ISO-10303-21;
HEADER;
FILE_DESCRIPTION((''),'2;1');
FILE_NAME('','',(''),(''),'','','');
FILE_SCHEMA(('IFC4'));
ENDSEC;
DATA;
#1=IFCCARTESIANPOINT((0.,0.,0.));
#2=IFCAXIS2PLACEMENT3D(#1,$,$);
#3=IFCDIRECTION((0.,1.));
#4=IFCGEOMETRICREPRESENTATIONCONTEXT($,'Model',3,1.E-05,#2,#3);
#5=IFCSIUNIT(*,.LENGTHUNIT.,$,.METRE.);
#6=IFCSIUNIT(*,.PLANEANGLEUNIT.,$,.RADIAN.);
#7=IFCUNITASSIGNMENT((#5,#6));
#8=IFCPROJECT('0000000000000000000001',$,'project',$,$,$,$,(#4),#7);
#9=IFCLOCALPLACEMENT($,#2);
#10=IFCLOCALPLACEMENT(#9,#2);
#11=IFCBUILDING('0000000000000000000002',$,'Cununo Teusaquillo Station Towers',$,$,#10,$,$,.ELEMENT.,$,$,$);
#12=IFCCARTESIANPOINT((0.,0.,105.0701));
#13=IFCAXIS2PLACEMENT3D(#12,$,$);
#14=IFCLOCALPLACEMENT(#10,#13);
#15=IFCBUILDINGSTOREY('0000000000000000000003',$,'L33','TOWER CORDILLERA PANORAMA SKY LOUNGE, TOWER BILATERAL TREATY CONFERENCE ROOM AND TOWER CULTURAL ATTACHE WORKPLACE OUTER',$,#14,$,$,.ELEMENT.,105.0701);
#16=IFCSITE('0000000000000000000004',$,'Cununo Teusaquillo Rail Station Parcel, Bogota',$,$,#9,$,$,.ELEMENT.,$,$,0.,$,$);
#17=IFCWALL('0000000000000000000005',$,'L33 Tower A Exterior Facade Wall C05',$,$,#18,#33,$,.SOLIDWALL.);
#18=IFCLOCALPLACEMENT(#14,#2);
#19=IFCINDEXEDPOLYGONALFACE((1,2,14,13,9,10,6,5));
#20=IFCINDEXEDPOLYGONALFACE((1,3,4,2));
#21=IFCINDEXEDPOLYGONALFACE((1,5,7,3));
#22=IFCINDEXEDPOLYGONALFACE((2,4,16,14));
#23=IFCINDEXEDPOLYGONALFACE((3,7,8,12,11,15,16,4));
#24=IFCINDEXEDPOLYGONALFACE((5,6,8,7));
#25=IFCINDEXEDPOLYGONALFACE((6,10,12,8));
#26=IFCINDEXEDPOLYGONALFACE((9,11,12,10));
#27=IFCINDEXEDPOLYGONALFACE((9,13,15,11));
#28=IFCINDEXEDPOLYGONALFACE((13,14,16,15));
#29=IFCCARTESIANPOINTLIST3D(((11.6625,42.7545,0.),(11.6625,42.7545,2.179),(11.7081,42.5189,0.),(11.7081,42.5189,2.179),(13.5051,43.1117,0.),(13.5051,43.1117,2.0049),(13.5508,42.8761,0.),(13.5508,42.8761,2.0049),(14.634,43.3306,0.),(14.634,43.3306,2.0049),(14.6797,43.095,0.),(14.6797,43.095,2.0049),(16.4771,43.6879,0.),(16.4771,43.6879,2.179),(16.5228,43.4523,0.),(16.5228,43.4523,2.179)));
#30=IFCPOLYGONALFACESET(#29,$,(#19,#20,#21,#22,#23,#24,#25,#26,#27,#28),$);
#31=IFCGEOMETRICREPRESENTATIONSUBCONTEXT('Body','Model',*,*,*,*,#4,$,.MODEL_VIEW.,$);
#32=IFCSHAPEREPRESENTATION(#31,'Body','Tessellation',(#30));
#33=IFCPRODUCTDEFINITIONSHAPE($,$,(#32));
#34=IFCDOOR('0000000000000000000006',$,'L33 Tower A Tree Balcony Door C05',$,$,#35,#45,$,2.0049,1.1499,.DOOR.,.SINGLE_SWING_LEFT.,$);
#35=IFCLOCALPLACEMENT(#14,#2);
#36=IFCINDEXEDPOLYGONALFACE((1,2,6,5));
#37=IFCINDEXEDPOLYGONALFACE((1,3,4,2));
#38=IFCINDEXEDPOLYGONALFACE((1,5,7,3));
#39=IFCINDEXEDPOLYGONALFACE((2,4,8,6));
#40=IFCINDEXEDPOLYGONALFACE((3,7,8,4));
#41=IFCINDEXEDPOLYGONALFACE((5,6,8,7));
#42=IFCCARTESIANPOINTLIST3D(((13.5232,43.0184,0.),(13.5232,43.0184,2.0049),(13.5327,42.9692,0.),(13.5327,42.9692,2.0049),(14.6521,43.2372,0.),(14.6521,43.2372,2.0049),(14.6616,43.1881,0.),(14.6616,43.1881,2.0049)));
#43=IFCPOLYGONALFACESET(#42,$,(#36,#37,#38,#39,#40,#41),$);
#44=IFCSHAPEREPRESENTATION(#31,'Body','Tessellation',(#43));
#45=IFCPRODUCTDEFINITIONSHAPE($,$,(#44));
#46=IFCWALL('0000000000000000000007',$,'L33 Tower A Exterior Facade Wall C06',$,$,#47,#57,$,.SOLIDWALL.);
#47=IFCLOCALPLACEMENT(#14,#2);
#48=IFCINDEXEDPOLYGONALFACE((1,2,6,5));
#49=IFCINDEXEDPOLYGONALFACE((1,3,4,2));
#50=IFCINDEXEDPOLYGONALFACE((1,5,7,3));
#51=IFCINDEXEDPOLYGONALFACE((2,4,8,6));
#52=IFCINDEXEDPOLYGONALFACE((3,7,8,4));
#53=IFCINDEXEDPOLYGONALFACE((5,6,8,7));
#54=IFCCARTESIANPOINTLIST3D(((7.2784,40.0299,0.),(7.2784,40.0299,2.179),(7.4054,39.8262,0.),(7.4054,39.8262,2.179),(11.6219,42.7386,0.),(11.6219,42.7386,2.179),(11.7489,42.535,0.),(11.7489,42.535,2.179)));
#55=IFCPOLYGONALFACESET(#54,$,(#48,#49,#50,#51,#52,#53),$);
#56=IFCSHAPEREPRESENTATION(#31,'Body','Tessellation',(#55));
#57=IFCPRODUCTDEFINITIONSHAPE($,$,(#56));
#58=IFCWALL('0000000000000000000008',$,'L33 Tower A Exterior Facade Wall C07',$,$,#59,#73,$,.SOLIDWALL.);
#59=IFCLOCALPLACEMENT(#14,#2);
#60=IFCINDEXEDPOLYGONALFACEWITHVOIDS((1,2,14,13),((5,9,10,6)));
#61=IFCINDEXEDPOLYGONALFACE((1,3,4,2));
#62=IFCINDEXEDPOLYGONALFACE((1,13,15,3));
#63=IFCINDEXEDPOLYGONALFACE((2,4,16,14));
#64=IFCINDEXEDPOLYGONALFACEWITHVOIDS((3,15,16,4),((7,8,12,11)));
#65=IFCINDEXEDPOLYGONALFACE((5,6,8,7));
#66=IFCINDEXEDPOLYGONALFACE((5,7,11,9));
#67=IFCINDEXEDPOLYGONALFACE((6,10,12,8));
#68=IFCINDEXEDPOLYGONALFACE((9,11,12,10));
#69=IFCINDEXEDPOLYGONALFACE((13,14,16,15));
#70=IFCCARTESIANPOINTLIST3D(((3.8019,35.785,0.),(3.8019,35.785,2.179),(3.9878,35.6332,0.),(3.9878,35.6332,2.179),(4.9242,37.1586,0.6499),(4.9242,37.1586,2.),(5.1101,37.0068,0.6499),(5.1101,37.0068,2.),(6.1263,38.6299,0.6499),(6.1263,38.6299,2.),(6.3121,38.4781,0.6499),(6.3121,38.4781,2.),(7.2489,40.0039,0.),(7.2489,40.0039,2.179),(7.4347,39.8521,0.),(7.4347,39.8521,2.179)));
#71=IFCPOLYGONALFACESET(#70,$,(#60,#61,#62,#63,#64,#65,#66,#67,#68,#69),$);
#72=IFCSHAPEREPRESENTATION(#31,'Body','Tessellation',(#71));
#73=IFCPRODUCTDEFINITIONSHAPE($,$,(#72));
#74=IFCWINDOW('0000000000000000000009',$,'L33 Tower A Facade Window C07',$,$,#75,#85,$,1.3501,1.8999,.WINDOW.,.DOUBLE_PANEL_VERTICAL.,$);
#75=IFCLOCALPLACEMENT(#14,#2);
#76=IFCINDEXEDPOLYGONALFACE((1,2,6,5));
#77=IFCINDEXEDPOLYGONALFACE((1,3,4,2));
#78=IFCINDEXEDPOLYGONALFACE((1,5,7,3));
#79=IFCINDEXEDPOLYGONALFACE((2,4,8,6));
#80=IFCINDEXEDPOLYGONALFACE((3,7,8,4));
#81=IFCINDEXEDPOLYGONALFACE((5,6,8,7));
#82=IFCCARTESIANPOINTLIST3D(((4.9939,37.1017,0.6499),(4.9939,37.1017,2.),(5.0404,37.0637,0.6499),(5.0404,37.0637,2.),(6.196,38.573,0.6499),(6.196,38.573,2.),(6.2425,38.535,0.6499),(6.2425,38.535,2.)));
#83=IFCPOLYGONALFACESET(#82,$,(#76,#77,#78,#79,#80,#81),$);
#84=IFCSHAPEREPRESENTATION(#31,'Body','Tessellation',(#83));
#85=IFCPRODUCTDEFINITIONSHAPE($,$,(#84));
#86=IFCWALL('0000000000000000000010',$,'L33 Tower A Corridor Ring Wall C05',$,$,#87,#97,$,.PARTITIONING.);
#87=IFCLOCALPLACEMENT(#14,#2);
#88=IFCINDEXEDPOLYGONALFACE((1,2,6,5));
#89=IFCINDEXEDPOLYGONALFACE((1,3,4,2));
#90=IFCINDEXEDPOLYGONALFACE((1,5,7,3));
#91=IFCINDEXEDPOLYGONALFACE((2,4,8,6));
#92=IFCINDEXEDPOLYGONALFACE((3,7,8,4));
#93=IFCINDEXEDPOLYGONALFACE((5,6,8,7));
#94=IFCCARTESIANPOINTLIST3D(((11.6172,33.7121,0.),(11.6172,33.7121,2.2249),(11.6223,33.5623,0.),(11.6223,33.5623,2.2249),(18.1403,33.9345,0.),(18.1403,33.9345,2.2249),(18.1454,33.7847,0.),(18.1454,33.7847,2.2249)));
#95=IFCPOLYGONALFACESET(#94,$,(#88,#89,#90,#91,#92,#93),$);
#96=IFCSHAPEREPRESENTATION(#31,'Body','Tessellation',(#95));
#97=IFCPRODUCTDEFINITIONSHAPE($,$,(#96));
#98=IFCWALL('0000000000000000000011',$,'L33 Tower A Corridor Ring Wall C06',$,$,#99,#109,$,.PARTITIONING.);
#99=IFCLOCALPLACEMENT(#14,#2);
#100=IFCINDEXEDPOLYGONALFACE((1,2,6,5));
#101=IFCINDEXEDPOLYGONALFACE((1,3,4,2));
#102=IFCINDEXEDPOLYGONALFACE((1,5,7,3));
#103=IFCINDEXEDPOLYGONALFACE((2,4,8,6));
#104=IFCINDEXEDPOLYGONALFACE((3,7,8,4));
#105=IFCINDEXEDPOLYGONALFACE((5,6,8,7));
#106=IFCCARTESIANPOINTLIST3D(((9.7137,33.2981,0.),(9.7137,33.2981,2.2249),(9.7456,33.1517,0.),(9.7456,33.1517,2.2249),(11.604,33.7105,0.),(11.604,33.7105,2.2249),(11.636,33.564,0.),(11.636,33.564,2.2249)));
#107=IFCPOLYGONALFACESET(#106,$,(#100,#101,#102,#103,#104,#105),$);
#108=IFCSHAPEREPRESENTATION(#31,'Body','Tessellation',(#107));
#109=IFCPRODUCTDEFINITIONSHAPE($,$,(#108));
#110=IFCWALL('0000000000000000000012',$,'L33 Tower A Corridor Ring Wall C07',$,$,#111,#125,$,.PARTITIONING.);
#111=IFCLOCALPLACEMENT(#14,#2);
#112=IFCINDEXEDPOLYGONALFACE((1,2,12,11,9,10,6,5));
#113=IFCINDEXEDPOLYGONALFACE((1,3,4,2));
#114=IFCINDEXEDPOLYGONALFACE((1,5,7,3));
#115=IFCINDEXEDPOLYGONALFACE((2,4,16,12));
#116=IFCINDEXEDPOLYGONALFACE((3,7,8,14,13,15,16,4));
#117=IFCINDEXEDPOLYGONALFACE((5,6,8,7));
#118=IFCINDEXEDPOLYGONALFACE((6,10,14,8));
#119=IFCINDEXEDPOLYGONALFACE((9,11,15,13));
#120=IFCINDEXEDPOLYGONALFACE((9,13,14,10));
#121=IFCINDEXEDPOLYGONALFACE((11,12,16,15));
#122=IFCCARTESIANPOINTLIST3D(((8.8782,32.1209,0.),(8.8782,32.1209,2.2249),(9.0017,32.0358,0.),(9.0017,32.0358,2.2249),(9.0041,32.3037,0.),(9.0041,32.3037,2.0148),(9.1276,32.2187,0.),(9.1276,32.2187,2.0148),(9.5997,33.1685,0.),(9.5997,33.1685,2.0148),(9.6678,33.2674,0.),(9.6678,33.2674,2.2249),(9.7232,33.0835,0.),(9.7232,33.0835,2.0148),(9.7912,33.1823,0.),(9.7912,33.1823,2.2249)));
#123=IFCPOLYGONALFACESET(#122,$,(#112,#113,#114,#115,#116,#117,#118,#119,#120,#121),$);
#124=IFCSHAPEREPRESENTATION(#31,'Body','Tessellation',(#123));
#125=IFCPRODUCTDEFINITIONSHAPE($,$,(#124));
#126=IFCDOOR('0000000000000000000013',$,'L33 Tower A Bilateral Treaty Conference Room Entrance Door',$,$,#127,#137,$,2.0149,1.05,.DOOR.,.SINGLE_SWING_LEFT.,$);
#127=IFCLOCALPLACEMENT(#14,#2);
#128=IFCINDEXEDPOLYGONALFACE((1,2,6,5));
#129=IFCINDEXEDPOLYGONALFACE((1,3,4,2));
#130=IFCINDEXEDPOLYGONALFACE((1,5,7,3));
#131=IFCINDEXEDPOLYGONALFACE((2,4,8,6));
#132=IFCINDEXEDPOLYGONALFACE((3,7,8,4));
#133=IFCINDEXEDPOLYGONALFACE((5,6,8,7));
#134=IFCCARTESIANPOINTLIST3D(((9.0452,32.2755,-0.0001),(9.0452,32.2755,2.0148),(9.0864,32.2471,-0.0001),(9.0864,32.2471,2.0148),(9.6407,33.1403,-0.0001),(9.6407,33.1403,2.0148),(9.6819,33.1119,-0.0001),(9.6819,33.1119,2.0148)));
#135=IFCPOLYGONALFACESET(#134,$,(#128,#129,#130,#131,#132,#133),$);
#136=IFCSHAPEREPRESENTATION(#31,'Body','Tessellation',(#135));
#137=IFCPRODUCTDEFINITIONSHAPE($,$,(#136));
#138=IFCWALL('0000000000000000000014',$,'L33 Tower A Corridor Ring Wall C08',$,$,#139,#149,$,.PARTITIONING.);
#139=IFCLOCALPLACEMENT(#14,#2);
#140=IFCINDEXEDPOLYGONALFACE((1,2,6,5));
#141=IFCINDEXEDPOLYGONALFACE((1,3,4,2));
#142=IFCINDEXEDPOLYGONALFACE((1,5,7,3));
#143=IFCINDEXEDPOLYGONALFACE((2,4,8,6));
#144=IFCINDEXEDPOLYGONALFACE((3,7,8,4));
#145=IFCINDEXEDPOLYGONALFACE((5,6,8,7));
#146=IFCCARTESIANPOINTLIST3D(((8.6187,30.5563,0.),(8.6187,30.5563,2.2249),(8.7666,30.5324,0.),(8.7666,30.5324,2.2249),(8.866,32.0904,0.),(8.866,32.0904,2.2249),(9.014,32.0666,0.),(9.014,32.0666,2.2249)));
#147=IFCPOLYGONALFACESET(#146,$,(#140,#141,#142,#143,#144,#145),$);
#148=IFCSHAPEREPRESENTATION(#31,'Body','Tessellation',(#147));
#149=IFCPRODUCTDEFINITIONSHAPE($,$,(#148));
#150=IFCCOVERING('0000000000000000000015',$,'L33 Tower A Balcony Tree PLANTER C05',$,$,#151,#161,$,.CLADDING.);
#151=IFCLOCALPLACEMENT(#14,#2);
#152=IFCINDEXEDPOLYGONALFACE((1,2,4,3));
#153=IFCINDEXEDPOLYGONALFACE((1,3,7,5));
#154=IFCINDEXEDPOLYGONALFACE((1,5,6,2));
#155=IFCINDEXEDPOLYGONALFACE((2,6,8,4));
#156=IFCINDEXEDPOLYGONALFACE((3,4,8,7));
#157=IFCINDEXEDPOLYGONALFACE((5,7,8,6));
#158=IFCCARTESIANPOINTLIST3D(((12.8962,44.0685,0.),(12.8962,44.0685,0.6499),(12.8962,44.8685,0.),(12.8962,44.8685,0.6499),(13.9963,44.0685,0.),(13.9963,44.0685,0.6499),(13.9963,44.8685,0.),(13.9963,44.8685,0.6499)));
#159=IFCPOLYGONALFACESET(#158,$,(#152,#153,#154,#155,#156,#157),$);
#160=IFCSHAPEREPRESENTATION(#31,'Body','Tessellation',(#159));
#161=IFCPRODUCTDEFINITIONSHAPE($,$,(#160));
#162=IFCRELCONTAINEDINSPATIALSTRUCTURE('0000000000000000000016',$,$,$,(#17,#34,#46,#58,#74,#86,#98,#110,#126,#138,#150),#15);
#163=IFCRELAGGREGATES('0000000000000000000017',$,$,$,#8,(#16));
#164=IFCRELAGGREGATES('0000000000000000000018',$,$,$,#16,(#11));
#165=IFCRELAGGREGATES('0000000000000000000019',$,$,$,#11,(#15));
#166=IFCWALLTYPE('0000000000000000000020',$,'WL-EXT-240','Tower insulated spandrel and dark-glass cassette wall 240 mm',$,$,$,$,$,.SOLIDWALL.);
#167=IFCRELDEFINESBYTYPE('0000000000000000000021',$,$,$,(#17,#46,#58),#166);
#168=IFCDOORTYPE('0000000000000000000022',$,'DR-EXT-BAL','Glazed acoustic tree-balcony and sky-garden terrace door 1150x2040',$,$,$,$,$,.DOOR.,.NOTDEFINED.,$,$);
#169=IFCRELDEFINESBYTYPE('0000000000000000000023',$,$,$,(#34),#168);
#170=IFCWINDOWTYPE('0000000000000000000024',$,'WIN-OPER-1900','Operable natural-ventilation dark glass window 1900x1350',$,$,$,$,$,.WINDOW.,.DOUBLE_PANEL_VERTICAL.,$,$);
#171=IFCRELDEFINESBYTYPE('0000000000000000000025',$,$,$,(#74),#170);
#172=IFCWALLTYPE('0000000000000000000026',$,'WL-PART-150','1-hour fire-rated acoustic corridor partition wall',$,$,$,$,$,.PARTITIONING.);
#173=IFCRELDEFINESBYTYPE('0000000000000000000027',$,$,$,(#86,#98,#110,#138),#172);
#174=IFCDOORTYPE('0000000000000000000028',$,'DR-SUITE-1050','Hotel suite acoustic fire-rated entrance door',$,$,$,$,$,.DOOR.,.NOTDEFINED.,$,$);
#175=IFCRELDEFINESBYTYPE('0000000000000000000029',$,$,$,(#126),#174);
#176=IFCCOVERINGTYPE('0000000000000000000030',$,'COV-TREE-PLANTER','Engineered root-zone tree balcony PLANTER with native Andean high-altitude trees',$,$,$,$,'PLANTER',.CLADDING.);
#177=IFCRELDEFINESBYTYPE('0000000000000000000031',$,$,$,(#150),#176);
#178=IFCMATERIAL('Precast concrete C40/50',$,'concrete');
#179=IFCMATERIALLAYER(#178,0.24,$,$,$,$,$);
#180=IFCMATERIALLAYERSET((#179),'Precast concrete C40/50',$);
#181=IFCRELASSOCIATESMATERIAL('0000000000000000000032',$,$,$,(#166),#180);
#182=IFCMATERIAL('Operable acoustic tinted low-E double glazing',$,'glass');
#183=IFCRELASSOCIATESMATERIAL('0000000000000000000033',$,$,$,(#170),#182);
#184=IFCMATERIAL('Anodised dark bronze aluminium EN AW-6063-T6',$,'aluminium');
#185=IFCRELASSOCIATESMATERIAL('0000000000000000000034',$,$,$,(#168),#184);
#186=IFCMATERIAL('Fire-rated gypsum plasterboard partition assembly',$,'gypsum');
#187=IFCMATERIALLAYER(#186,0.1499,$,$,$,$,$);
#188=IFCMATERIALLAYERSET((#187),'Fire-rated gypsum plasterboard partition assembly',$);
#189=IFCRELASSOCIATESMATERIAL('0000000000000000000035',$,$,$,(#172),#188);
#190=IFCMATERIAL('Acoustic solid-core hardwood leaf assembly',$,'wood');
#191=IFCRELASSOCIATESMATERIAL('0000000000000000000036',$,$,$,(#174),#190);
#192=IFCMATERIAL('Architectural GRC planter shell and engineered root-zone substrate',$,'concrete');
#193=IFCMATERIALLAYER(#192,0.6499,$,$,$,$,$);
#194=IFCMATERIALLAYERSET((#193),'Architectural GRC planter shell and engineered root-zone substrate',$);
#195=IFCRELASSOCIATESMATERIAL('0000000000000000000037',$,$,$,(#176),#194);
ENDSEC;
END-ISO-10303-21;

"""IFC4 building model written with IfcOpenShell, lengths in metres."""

from ifc_helpers import new_model, si_unit, direction, frame, frame_2d, origin, origin_2d, place, context, subcontext, project, spatial, rectangle, extrude, source, transform, mapped, material, layer, layer_set, type_object, element, fill, save


model = new_model("IFC4")

# Units and contexts
model_context = context("Model", 3, precision=1e-05, world=origin(), true_north=direction((0.0, 1.0)))
body_context = subcontext(model_context, "Body", "Model", "MODEL_VIEW")
ifc_project = project(units=[si_unit("LENGTHUNIT", "METRE"), si_unit("PLANEANGLEUNIT", "RADIAN")], contexts=[model_context])

# Site, building, storey
site_placement = place(None, origin())
site = spatial("IfcSite", under=ifc_project, at=site_placement, Name="Cununo Teusaquillo Rail Station Parcel, Bogota", CompositionType="ELEMENT", RefElevation=0.0)
building_placement = place(site_placement, origin())
building = spatial("IfcBuilding", under=site, at=building_placement, Name="Cununo Teusaquillo Station Towers", CompositionType="ELEMENT")
storey_placement = place(building_placement, frame((0.0, 0.0, 105.0701)))
storey = spatial("IfcBuildingStorey", under=building, at=storey_placement, Name="L33", Description="TOWER CORDILLERA PANORAMA SKY LOUNGE, TOWER BILATERAL TREATY CONFERENCE ROOM AND TOWER CULTURAL ATTACHE WORKPLACE OUTER", CompositionType="ELEMENT", Elevation=105.0701)

# Shared definitions
ifc_material_1 = material(Name="Precast concrete C40/50", Category="concrete")
ifc_layer_1 = layer(ifc_material_1, 0.24)
ifc_layer_set_1 = layer_set([ifc_layer_1], Name="Precast concrete C40/50")
wall_type_1 = type_object("IfcWallType", Name="WL-EXT-240", Description="Tower insulated spandrel and dark-glass cassette wall 240 mm", PredefinedType="SOLIDWALL", material=ifc_layer_set_1)
shared_shape_1 = source(origin(), body_context, "Body", "SweptSolid", [
    extrude(rectangle(XDim=1.8999, YDim=1.3501, at=frame_2d((0.95, 0.675))), frame((0.0, 0.1299, 0.0), z_axis=(0.0, -1.0, 0.0), x_axis=(1.0, 0.0, 0.0)), (0.0, 0.0, 1.0), 0.26),
])
ifc_material_2 = material(Name="Operable acoustic tinted low-E double glazing", Category="glass")
window_type = type_object("IfcWindowType", Name="WIN-OPER-1900", Description="Operable natural-ventilation dark glass window 1900x1350", PartitioningType="DOUBLE_PANEL_VERTICAL", PredefinedType="WINDOW", material=ifc_material_2)
shared_shape_2 = source(origin(), body_context, "Body", "SweptSolid", [
    extrude(rectangle(XDim=1.8999, YDim=1.3501, at=frame_2d((0.95, 0.675))), frame((0.0, 0.03, 0.0), z_axis=(0.0, -1.0, 0.0), x_axis=(1.0, 0.0, 0.0)), (0.0, 0.0, 1.0), 0.0601),
])

# Wall, opening, door
wall_1_placement = place(storey_placement, frame((11.6853, 42.6367, 0.0), z_axis=(0.0, 0.0, 1.0), x_axis=(0.981724, 0.190311, 0.0)))
wall_1 = element("IfcWall", 1, at=wall_1_placement, inside=storey, type_object=wall_type_1, Name="L33 Tower A Exterior Facade Wall C05", PredefinedType="SOLIDWALL", context=body_context, shape_type="SweptSolid", body=[
    extrude(rectangle(XDim=4.9043, YDim=0.24, at=frame_2d((2.4521, 0.0))), origin(), (0.0, 0.0, 1.0), 2.179),
])
shared_shape_3 = source(origin(), body_context, "Body", "SweptSolid", [
    extrude(rectangle(XDim=1.1499, YDim=2.0049, at=frame_2d((0.575, 1.0024))), frame((0.0, 0.1299, 0.0), z_axis=(0.0, -1.0, 0.0), x_axis=(1.0, 0.0, 0.0)), (0.0, 0.0, 1.0), 0.26),
])
opening_1_placement = place(wall_1_placement, frame((1.877, 0.0, 0.0)))
opening_1 = element("IfcOpeningElement", 2, at=opening_1_placement, cuts=wall_1, PredefinedType="OPENING", context=body_context, shape_type="MappedRepresentation", body=[
    mapped(shared_shape_3, transform((0.0, 0.0, 0.0), x_axis=(1.0, 0.0, 0.0), y_axis=(0.0, 1.0, 0.0), z_axis=(0.0, 0.0, 1.0), scale=1.0)),
])
ifc_material_3 = material(Name="Anodised dark bronze aluminium EN AW-6063-T6", Category="aluminium")
door_type_1 = type_object("IfcDoorType", Name="DR-EXT-BAL", Description="Glazed acoustic tree-balcony and sky-garden terrace door 1150x2040", OperationType="NOTDEFINED", PredefinedType="DOOR", material=ifc_material_3)
shared_shape_4 = source(origin(), body_context, "Body", "SweptSolid", [
    extrude(rectangle(XDim=1.1499, YDim=2.0049, at=frame_2d((0.575, 1.0024))), frame((0.0, 0.0249, 0.0), z_axis=(0.0, -1.0, 0.0), x_axis=(1.0, 0.0, 0.0)), (0.0, 0.0, 1.0), 0.05),
])
door_1_placement = place(opening_1_placement, origin())
door_1 = element("IfcDoor", 3, at=door_1_placement, inside=storey, type_object=door_type_1, Name="L33 Tower A Tree Balcony Door C05", OperationType="SINGLE_SWING_LEFT", OverallHeight=2.0049, OverallWidth=1.1499, PredefinedType="DOOR", context=body_context, shape_type="MappedRepresentation", body=[
    mapped(shared_shape_4, transform((0.0, 0.0, 0.0), x_axis=(1.0, 0.0, 0.0), y_axis=(0.0, 1.0, 0.0), z_axis=(0.0, 0.0, 1.0), scale=1.0)),
])
fill(opening_1, door_1)

# Wall
wall_2_placement = place(storey_placement, frame((7.3418, 39.928, 0.0), z_axis=(0.0, 0.0, 1.0), x_axis=(0.84852, 0.529163, 0.0)))
element("IfcWall", 4, at=wall_2_placement, inside=storey, type_object=wall_type_1, Name="L33 Tower A Exterior Facade Wall C06", PredefinedType="SOLIDWALL", context=body_context, shape_type="SweptSolid", body=[
    extrude(rectangle(XDim=5.1189, YDim=0.24, at=frame_2d((2.5596, 0.0))), origin(), (0.0, 0.0, 1.0), 2.179),
])

# Wall, opening, window
wall_3_placement = place(storey_placement, frame((3.8948, 35.709, 0.0), z_axis=(0.0, 0.0, 1.0), x_axis=(0.632701, 0.774396, 0.0)))
wall_3 = element("IfcWall", 5, at=wall_3_placement, inside=storey, type_object=wall_type_1, Name="L33 Tower A Exterior Facade Wall C07", PredefinedType="SOLIDWALL", context=body_context, shape_type="SweptSolid", body=[
    extrude(rectangle(XDim=5.448, YDim=0.24, at=frame_2d((2.7241, 0.0))), origin(), (0.0, 0.0, 1.0), 2.179),
])
opening_2_placement = place(wall_3_placement, frame((1.7739, 0.0, 0.6499)))
opening_2 = element("IfcOpeningElement", 6, at=opening_2_placement, cuts=wall_3, PredefinedType="OPENING", context=body_context, shape_type="MappedRepresentation", body=[
    mapped(shared_shape_1, transform((0.0, 0.0, 0.0), x_axis=(1.0, 0.0, 0.0), y_axis=(0.0, 1.0, 0.0), z_axis=(0.0, 0.0, 1.0), scale=1.0)),
])
window_1_placement = place(opening_2_placement, origin())
window_1 = element("IfcWindow", 7, at=window_1_placement, inside=storey, type_object=window_type, Name="L33 Tower A Facade Window C07", OverallHeight=1.3501, OverallWidth=1.8999, PartitioningType="DOUBLE_PANEL_VERTICAL", PredefinedType="WINDOW", context=body_context, shape_type="MappedRepresentation", body=[
    mapped(shared_shape_2, transform((0.0, 0.0, 0.0), x_axis=(1.0, 0.0, 0.0), y_axis=(0.0, 1.0, 0.0), z_axis=(0.0, 0.0, 1.0), scale=1.0)),
])
fill(opening_2, window_1)

# Walls
ifc_material_4 = material(Name="Fire-rated gypsum plasterboard partition assembly", Category="gypsum")
ifc_layer_2 = layer(ifc_material_4, 0.1499)
ifc_layer_set_2 = layer_set([ifc_layer_2], Name="Fire-rated gypsum plasterboard partition assembly")
wall_type_2 = type_object("IfcWallType", Name="WL-PART-150", Description="1-hour fire-rated acoustic corridor partition wall", PredefinedType="PARTITIONING", material=ifc_layer_set_2)
wall_4_placement = place(storey_placement, frame((18.1428, 33.8596, 0.0), z_axis=(0.0, 0.0, 1.0), x_axis=(-0.999419, -0.034077, 0.0)))
element("IfcWall", 8, at=wall_4_placement, inside=storey, type_object=wall_type_2, Name="L33 Tower A Corridor Ring Wall C05", PredefinedType="PARTITIONING", context=body_context, shape_type="SweptSolid", body=[
    extrude(rectangle(XDim=6.5269, YDim=0.1499, at=frame_2d((3.2634, 0.0))), origin(), (0.0, 0.0, 1.0), 2.2249),
])
wall_5_placement = place(storey_placement, frame((11.6199, 33.6372, 0.0), z_axis=(0.0, 0.0, 1.0), x_axis=(-0.977026, -0.213121, 0.0)))
element("IfcWall", 9, at=wall_5_placement, inside=storey, type_object=wall_type_2, Name="L33 Tower A Corridor Ring Wall C06", PredefinedType="PARTITIONING", context=body_context, shape_type="SweptSolid", body=[
    extrude(rectangle(XDim=1.9348, YDim=0.1499, at=frame_2d((0.9673, 0.0))), origin(), (0.0, 0.0, 1.0), 2.2249),
])

# Wall, opening, door
wall_6_placement = place(storey_placement, frame((9.7295, 33.2249, 0.0), z_axis=(0.0, 0.0, 1.0), x_axis=(-0.567184, -0.823591, 0.0)))
wall_6 = element("IfcWall", 10, at=wall_6_placement, inside=storey, type_object=wall_type_2, Name="L33 Tower A Corridor Ring Wall C07", PredefinedType="PARTITIONING", context=body_context, shape_type="SweptSolid", body=[
    extrude(rectangle(XDim=1.3921, YDim=0.1499, at=frame_2d((0.696, 0.0))), origin(), (0.0, 0.0, 1.0), 2.2249),
])
shared_shape_5 = source(origin(), body_context, "Body", "SweptSolid", [
    extrude(rectangle(XDim=1.05, YDim=2.0149, at=frame_2d((0.5249, 1.0073))), frame((0.0, 0.085, 0.0), z_axis=(0.0, -1.0, 0.0), x_axis=(1.0, 0.0, 0.0)), (0.0, 0.0, 1.0), 0.1699),
])
opening_3_placement = place(wall_6_placement, frame((0.1201, 0.0, 0.0)))
opening_3 = element("IfcOpeningElement", 11, at=opening_3_placement, cuts=wall_6, PredefinedType="OPENING", context=body_context, shape_type="MappedRepresentation", body=[
    mapped(shared_shape_5, transform((0.0, 0.0, 0.0), x_axis=(1.0, 0.0, 0.0), y_axis=(0.0, 1.0, 0.0), z_axis=(0.0, 0.0, 1.0), scale=1.0)),
])
ifc_material_5 = material(Name="Acoustic solid-core hardwood leaf assembly", Category="wood")
door_type_2 = type_object("IfcDoorType", Name="DR-SUITE-1050", Description="Hotel suite acoustic fire-rated entrance door", OperationType="NOTDEFINED", PredefinedType="DOOR", material=ifc_material_5)
shared_shape_6 = source(origin(), body_context, "Body", "SweptSolid", [
    extrude(rectangle(XDim=1.05, YDim=2.0149, at=frame_2d((0.5249, 1.0073))), frame((0.0, 0.0249, 0.0), z_axis=(0.0, -1.0, 0.0), x_axis=(1.0, 0.0, 0.0)), (0.0, 0.0, 1.0), 0.05),
])
door_2_placement = place(opening_3_placement, origin())
door_2 = element("IfcDoor", 12, at=door_2_placement, inside=storey, type_object=door_type_2, Name="L33 Tower A Bilateral Treaty Conference Room Entrance Door", OperationType="SINGLE_SWING_LEFT", OverallHeight=2.0149, OverallWidth=1.05, PredefinedType="DOOR", context=body_context, shape_type="MappedRepresentation", body=[
    mapped(shared_shape_6, transform((0.0, 0.0, 0.0), x_axis=(1.0, 0.0, 0.0), y_axis=(0.0, 1.0, 0.0), z_axis=(0.0, 0.0, 1.0), scale=1.0)),
])
fill(opening_3, door_2)

# Wall
wall_7_placement = place(storey_placement, frame((8.9399, 32.0784, 0.0), z_axis=(0.0, 0.0, 1.0), x_axis=(-0.159148, -0.987255, 0.0)))
element("IfcWall", 13, at=wall_7_placement, inside=storey, type_object=wall_type_2, Name="L33 Tower A Corridor Ring Wall C08", PredefinedType="PARTITIONING", context=body_context, shape_type="SweptSolid", body=[
    extrude(rectangle(XDim=1.554, YDim=0.1499, at=frame_2d((0.7769, 0.0))), origin(), (0.0, 0.0, 1.0), 2.2249),
])

# Covering
ifc_material_6 = material(Name="Architectural GRC planter shell and engineered root-zone substrate", Category="concrete")
ifc_layer_3 = layer(ifc_material_6, 0.6499)
ifc_layer_set_3 = layer_set([ifc_layer_3], Name="Architectural GRC planter shell and engineered root-zone substrate")
covering_type = type_object("IfcCoveringType", Name="COV-TREE-PLANTER", Description="Engineered root-zone tree balcony PLANTER with native Andean high-altitude trees", ElementType="PLANTER", PredefinedType="CLADDING", material=ifc_layer_set_3)
shared_shape_7 = source(origin(), body_context, "Body", "SweptSolid", [
    extrude(rectangle(XDim=1.1001, YDim=0.8, at=origin_2d()), origin(), (0.0, 0.0, 1.0), 0.6499),
])
covering_placement = place(storey_placement, frame((13.4463, 44.4685, 0.0), z_axis=(0.0, 0.0, 1.0), x_axis=(1.0, 0.0, 0.0)))
element("IfcCovering", 14, at=covering_placement, inside=storey, type_object=covering_type, Name="L33 Tower A Balcony Tree PLANTER C05", PredefinedType="CLADDING", context=body_context, shape_type="MappedRepresentation", body=[
    mapped(shared_shape_7, transform((0.0, 0.0, 0.0), x_axis=(1.0, 0.0, 0.0), y_axis=(0.0, 1.0, 0.0), z_axis=(0.0, 0.0, 1.0), scale=1.0)),
])

save(model, "model.ifc")
